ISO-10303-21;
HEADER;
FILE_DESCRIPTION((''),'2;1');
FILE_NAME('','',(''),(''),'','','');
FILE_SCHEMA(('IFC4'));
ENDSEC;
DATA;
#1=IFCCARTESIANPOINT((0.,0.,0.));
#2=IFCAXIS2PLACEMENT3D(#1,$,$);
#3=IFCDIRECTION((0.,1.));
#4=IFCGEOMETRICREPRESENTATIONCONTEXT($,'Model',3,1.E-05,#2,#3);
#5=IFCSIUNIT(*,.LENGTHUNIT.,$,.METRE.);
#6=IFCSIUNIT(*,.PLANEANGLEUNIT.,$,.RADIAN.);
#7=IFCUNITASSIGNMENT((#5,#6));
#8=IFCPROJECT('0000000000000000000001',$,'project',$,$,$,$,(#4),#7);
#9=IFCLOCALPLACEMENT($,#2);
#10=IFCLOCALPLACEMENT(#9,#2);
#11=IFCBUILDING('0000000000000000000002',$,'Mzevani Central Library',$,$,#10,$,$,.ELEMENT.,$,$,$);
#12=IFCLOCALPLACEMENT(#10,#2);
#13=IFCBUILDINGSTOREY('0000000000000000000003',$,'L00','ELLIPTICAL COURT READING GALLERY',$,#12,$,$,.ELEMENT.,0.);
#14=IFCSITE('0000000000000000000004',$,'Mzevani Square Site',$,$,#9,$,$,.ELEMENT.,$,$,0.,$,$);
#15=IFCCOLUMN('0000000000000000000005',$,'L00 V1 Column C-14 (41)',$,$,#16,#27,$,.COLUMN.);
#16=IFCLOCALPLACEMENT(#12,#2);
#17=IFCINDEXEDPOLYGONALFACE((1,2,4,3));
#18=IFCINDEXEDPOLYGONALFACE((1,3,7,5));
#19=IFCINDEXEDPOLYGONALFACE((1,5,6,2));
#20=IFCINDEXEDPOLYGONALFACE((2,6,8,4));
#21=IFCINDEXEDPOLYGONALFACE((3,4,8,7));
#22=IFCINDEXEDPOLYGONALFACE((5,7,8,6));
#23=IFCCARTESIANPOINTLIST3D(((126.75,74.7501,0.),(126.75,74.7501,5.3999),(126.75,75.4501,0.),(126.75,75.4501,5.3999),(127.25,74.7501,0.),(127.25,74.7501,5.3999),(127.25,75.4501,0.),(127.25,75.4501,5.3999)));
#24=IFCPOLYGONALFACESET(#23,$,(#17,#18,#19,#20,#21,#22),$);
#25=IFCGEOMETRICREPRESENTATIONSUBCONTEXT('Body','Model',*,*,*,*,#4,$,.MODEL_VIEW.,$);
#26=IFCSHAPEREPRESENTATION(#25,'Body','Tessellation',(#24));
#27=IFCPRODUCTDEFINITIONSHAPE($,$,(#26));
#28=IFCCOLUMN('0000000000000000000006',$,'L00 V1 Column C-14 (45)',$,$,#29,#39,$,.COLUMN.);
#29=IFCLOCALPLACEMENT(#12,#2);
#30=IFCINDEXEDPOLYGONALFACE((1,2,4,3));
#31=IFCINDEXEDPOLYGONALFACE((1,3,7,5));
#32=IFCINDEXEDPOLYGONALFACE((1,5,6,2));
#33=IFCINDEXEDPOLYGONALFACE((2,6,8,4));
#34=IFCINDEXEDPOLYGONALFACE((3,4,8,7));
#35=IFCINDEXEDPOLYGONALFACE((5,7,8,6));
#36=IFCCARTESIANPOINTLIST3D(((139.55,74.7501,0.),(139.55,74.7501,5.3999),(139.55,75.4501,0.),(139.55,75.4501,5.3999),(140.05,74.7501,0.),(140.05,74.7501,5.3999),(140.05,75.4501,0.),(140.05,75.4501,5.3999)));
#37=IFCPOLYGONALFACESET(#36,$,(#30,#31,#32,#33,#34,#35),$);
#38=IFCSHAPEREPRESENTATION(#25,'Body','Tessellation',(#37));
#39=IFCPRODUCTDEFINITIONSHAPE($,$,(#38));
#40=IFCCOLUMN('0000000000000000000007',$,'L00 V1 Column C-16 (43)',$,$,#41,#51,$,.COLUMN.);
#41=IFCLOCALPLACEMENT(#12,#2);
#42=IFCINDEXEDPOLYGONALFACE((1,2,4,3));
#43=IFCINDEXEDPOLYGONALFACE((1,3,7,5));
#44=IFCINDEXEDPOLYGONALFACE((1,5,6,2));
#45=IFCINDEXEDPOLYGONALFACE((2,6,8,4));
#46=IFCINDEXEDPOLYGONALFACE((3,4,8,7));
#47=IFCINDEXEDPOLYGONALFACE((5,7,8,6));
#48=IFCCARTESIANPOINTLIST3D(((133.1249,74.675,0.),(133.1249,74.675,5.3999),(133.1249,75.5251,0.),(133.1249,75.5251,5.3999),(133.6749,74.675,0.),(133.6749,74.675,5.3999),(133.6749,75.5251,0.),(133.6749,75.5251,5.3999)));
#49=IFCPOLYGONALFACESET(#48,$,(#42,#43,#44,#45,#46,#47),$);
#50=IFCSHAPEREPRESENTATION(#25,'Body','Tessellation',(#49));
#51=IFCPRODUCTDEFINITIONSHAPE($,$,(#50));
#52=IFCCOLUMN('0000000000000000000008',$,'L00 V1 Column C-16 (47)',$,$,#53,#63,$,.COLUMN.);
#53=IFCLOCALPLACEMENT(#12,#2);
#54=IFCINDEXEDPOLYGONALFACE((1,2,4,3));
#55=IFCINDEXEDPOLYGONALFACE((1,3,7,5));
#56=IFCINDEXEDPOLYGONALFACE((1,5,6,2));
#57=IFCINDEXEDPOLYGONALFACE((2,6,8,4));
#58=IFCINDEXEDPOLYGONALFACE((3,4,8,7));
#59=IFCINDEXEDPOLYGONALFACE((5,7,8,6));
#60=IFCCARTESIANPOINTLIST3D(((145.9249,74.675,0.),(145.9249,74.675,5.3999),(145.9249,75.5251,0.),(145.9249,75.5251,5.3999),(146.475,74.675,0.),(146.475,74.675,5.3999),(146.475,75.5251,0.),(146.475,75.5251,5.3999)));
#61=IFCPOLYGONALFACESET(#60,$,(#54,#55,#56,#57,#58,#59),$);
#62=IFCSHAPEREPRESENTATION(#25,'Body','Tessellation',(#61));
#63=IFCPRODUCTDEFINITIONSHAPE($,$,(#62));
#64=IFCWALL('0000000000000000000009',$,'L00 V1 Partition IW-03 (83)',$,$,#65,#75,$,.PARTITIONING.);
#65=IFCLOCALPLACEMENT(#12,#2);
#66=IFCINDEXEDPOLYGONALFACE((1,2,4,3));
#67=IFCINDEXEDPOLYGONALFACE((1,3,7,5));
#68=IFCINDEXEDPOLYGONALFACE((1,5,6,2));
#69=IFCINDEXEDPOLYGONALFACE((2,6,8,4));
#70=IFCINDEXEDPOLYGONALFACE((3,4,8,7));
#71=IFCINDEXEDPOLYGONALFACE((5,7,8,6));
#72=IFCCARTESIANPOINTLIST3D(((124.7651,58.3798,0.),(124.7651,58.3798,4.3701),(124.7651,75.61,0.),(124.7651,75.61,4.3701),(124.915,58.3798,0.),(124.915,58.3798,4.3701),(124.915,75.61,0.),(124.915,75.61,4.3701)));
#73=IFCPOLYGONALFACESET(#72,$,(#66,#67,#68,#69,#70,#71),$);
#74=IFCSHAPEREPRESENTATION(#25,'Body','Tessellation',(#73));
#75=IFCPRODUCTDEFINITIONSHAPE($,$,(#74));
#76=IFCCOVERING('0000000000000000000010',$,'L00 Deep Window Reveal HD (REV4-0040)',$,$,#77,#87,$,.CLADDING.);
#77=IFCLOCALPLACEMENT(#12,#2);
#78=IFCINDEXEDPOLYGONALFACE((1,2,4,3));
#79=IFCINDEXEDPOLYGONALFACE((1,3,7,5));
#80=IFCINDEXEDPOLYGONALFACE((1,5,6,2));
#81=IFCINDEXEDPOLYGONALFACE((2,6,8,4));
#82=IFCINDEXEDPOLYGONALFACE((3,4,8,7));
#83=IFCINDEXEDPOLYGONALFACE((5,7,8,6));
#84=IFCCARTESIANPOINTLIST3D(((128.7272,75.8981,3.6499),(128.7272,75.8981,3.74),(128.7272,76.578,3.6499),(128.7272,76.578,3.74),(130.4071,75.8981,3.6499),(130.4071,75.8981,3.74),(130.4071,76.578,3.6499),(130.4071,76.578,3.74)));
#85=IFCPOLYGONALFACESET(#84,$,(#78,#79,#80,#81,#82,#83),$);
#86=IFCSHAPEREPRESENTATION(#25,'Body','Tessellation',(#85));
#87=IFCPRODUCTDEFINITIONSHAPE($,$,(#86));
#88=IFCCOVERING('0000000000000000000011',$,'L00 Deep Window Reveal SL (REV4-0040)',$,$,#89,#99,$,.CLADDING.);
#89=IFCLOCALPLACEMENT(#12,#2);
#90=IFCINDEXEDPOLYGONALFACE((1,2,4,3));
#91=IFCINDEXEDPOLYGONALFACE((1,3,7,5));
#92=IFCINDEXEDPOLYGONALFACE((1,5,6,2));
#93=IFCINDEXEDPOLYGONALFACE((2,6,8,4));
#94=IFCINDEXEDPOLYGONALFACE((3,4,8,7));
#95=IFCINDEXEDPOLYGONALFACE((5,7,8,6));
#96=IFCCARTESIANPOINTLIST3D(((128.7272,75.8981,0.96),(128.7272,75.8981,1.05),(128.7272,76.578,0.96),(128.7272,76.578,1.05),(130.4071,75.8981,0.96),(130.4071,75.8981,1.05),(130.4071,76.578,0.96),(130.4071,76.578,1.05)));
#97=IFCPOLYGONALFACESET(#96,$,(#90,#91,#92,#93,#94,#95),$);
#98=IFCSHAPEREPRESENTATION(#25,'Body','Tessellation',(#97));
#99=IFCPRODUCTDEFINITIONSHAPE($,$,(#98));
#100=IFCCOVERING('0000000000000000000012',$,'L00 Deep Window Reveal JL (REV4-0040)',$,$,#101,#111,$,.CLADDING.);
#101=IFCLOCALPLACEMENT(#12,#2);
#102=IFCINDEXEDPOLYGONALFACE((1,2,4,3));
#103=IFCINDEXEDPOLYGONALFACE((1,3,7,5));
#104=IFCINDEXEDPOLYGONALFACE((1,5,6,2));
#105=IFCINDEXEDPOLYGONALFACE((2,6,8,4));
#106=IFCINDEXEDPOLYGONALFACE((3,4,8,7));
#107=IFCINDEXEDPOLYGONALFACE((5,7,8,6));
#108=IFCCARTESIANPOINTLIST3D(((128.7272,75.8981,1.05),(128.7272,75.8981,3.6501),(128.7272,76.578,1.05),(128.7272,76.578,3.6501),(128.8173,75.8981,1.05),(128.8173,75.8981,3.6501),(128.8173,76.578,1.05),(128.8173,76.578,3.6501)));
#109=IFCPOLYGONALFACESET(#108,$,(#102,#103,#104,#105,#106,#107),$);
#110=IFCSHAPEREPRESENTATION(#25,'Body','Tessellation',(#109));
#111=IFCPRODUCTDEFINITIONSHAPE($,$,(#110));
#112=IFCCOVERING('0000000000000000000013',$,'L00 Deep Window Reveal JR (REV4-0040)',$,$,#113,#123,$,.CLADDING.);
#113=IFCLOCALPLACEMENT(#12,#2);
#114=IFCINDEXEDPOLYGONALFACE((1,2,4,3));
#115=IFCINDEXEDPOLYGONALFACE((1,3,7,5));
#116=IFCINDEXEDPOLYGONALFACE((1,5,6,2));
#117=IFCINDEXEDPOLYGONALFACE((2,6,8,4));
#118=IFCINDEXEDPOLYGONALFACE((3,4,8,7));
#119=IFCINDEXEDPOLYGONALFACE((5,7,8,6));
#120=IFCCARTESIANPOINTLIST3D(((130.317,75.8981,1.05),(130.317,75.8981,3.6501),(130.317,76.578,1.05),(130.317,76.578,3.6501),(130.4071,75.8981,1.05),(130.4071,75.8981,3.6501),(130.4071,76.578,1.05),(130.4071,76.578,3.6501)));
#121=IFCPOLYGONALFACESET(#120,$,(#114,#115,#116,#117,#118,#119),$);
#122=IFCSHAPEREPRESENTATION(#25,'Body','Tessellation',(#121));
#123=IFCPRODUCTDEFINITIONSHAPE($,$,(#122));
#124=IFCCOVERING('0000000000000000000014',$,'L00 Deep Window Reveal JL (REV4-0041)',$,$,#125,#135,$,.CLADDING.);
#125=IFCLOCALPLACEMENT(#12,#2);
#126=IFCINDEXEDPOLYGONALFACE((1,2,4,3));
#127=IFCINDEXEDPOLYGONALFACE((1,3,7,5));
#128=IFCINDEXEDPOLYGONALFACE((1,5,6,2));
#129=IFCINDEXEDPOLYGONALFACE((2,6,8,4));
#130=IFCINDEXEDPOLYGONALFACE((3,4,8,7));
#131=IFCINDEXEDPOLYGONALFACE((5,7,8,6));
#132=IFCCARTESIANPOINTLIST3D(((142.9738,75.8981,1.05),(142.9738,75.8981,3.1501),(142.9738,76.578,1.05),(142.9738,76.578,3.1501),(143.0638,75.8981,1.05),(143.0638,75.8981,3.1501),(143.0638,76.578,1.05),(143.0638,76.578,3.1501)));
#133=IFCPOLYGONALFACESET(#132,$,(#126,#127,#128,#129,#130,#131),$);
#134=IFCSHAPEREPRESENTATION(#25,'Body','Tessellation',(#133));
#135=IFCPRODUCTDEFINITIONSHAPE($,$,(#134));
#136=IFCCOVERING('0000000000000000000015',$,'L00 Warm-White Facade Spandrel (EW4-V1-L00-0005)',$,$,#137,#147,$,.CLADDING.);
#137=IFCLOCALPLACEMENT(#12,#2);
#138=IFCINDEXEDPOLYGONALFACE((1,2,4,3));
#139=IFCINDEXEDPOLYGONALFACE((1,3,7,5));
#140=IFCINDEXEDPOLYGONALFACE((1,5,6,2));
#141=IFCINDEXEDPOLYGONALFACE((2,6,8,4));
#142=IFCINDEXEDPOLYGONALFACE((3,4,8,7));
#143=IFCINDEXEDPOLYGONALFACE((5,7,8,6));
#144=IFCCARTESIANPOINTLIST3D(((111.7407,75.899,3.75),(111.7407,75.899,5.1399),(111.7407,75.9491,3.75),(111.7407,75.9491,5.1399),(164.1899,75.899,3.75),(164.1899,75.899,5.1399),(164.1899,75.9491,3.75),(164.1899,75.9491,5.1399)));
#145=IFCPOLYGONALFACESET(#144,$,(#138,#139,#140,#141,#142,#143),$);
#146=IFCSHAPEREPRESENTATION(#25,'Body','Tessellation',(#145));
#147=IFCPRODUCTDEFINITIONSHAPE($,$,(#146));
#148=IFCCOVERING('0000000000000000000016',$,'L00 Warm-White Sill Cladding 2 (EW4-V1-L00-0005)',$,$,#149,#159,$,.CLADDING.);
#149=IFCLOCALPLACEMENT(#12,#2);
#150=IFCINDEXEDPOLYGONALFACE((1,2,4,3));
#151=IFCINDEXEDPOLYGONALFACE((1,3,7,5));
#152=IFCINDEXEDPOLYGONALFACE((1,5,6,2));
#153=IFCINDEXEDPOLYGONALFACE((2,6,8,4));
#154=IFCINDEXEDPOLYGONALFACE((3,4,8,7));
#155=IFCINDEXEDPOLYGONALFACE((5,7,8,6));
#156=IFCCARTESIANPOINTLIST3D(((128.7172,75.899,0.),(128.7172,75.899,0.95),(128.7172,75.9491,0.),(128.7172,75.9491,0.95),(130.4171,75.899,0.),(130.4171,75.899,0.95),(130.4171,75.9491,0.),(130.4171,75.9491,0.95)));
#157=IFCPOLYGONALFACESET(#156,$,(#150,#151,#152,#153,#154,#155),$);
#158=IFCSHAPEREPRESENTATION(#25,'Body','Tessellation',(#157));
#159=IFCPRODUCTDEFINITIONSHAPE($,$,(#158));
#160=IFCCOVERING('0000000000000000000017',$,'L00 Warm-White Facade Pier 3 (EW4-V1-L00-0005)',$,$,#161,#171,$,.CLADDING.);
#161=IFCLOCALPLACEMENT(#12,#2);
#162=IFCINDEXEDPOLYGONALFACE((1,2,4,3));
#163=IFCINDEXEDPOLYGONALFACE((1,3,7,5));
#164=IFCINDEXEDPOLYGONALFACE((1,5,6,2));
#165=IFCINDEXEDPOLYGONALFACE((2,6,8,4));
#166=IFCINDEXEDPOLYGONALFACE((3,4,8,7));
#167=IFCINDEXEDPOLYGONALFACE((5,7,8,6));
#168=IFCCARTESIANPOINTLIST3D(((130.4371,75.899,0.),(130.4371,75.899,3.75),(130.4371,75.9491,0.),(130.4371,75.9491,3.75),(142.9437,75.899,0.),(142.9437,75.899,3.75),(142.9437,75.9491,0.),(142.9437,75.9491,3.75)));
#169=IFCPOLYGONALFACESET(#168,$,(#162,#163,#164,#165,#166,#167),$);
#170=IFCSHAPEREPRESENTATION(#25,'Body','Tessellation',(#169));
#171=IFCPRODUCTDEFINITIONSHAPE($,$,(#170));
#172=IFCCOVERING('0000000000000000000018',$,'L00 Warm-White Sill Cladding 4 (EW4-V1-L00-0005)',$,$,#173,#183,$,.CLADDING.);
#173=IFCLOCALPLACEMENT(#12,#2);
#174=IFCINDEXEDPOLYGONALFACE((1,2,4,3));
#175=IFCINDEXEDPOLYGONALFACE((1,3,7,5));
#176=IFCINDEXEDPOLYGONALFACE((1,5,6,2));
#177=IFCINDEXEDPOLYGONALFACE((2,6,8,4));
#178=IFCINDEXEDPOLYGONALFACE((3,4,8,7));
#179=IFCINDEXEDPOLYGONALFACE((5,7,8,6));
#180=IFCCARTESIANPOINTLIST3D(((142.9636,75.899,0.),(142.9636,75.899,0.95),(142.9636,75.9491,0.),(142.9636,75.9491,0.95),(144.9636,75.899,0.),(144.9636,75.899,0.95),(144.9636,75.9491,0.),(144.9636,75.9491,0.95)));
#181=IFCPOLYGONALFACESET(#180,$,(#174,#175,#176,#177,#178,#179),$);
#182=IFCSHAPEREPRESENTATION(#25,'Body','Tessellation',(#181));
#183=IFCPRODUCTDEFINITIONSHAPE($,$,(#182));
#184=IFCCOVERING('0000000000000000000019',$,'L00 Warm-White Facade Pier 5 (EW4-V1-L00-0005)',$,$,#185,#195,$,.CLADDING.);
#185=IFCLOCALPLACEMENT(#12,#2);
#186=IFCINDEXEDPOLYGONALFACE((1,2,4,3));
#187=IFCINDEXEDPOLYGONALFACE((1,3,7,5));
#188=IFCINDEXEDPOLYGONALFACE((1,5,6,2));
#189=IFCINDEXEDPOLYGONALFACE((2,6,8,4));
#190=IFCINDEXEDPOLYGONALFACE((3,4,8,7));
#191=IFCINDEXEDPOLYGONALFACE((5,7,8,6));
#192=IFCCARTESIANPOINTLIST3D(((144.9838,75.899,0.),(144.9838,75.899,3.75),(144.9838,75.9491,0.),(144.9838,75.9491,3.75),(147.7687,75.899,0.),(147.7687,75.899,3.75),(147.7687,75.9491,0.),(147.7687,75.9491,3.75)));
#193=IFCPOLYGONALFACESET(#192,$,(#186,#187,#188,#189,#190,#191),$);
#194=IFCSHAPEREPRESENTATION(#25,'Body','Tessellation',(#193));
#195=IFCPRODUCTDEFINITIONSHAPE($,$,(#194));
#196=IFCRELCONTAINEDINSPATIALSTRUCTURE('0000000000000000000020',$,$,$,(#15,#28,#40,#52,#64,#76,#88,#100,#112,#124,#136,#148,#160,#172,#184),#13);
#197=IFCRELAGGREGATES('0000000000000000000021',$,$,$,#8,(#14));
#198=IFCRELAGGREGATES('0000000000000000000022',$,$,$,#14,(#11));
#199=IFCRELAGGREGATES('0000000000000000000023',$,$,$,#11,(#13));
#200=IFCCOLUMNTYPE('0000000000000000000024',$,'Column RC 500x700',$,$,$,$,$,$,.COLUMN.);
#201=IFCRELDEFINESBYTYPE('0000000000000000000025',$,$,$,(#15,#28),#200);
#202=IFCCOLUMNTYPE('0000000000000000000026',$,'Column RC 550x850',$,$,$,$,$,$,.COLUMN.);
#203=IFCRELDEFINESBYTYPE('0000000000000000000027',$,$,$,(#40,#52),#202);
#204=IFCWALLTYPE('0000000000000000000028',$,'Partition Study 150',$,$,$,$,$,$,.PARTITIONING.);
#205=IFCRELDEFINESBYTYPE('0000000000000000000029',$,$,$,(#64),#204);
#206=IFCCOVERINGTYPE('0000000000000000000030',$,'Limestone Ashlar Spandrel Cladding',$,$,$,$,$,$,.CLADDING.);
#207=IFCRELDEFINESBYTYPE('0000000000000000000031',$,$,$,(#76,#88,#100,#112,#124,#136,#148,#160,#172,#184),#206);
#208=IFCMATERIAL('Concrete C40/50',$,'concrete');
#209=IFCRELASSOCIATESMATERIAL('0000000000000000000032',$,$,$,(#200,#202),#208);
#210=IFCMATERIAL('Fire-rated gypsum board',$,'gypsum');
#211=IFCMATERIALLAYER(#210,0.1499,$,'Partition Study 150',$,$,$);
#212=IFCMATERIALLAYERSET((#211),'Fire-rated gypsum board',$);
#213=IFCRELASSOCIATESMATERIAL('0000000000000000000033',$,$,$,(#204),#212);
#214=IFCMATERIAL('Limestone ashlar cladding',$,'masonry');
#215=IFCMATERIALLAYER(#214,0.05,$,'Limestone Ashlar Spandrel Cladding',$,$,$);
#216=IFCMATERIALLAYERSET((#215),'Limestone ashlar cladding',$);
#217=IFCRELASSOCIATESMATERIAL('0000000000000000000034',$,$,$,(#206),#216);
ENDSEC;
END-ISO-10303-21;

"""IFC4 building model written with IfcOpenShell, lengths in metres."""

from ifc_helpers import new_model, si_unit, direction, frame, frame_2d, origin, origin_2d, place, context, subcontext, project, spatial, rectangle, extrude, material, layer, layer_set, material_profile, profile_set, type_object, element, save


model = new_model("IFC4")

# Units and contexts
model_context = context("Model", 3, precision=1e-05, world=origin(), true_north=direction((0.0, 1.0)))
body_context = subcontext(model_context, "Body", "Model", "MODEL_VIEW")
ifc_project = project(units=[si_unit("LENGTHUNIT", "METRE"), si_unit("PLANEANGLEUNIT", "RADIAN")], contexts=[model_context])

# Site, building, storey
site_placement = place(None, origin())
site = spatial("IfcSite", under=ifc_project, at=site_placement, Name="Mzevani Square Site", CompositionType="ELEMENT", RefElevation=0.0)
building_placement = place(site_placement, origin())
building = spatial("IfcBuilding", under=site, at=building_placement, Name="Mzevani Central Library", CompositionType="ELEMENT")
storey_placement = place(building_placement, origin())
storey = spatial("IfcBuildingStorey", under=building, at=storey_placement, Name="L00", Description="ELLIPTICAL COURT READING GALLERY", CompositionType="ELEMENT", Elevation=0.0)

# Columns
ifc_material_1 = material(Name="Concrete C40/50", Category="concrete")
ifc_material_profile_1 = material_profile(ifc_material_1, rectangle(XDim=0.5, YDim=0.7, at=origin_2d()), Name="RC 500x700")
ifc_profile_set_1 = profile_set([ifc_material_profile_1], Name="Concrete C40/50")
column_type_1 = type_object("IfcColumnType", Name="Column RC 500x700", PredefinedType="COLUMN", material=ifc_profile_set_1)
for number, where, z_axis, x_axis, name in (
    (1, (127.0, 75.1001, 0.0), (0.0, 0.0, 1.0), (1.0, 0.0, 0.0), "L00 V1 Column C-14 (41)"),
    (2, (139.8, 75.1001, 0.0), (0.0, 0.0, 1.0), (1.0, 0.0, 0.0), "L00 V1 Column C-14 (45)"),
):
    element("IfcColumn", number, at=place(storey_placement, frame(where, z_axis=z_axis, x_axis=x_axis)), inside=storey, type_object=column_type_1, Name=name, PredefinedType="COLUMN", context=body_context, shape_type="SweptSolid", body=[
        extrude(rectangle(XDim=0.5, YDim=0.7, at=origin_2d()), origin(), (0.0, 0.0, 1.0), 5.3999),
    ])
ifc_material_profile_2 = material_profile(ifc_material_1, rectangle(XDim=0.55, YDim=0.8501, at=origin_2d()), Name="RC 550x850")
ifc_profile_set_2 = profile_set([ifc_material_profile_2], Name="Concrete C40/50")
column_type_2 = type_object("IfcColumnType", Name="Column RC 550x850", PredefinedType="COLUMN", material=ifc_profile_set_2)
for number, where, z_axis, x_axis, name in (
    (3, (133.3999, 75.1001, 0.0), (0.0, 0.0, 1.0), (1.0, 0.0, 0.0), "L00 V1 Column C-16 (43)"),
    (4, (146.2, 75.1001, 0.0), (0.0, 0.0, 1.0), (1.0, 0.0, 0.0), "L00 V1 Column C-16 (47)"),
):
    element("IfcColumn", number, at=place(storey_placement, frame(where, z_axis=z_axis, x_axis=x_axis)), inside=storey, type_object=column_type_2, Name=name, PredefinedType="COLUMN", context=body_context, shape_type="SweptSolid", body=[
        extrude(rectangle(XDim=0.55, YDim=0.8501, at=origin_2d()), origin(), (0.0, 0.0, 1.0), 5.3999),
    ])

# Wall
ifc_material_2 = material(Name="Fire-rated gypsum board", Category="gypsum")
ifc_layer_1 = layer(ifc_material_2, 0.1499, Name="Partition Study 150")
ifc_layer_set_1 = layer_set([ifc_layer_1], Name="Fire-rated gypsum board")
wall_type = type_object("IfcWallType", Name="Partition Study 150", PredefinedType="PARTITIONING", material=ifc_layer_set_1)
wall_placement = place(storey_placement, frame((124.8401, 75.6101, 0.0), z_axis=(0.0, 0.0, 1.0), x_axis=(0.0, -1.0, 0.0)))
element("IfcWall", 5, at=wall_placement, inside=storey, type_object=wall_type, Name="L00 V1 Partition IW-03 (83)", PredefinedType="PARTITIONING", context=body_context, shape_type="SweptSolid", body=[
    extrude(rectangle(XDim=17.2302, YDim=0.1499, at=frame_2d((8.6152, 0.0))), origin(), (0.0, 0.0, 1.0), 4.3701),
])

# Coverings
ifc_material_3 = material(Name="Limestone ashlar cladding", Category="masonry")
ifc_layer_2 = layer(ifc_material_3, 0.05, Name="Limestone Ashlar Spandrel Cladding")
ifc_layer_set_2 = layer_set([ifc_layer_2], Name="Limestone ashlar cladding")
covering_type_1 = type_object("IfcCoveringType", Name="Limestone Ashlar Spandrel Cladding", PredefinedType="CLADDING", material=ifc_layer_set_2)
for number, where, z_axis, x_axis, name in (
    (6, (129.5671, 76.238, 3.6499), (0.0, 0.0, 1.0), (1.0, 0.0, 0.0), "L00 Deep Window Reveal HD (REV4-0040)"),
    (7, (129.5671, 76.238, 0.96), (0.0, 0.0, 1.0), (1.0, 0.0, 0.0), "L00 Deep Window Reveal SL (REV4-0040)"),
):
    element("IfcCovering", number, at=place(storey_placement, frame(where, z_axis=z_axis, x_axis=x_axis)), inside=storey, type_object=covering_type_1, Name=name, PredefinedType="CLADDING", context=body_context, shape_type="SweptSolid", body=[
        extrude(rectangle(XDim=1.6799, YDim=0.6799, at=origin_2d()), origin(), (0.0, 0.0, 1.0), 0.0901),
    ])
for number, where, z_axis, x_axis, name in (
    (8, (128.7722, 76.238, 1.05), (0.0, 0.0, 1.0), (1.0, 0.0, 0.0), "L00 Deep Window Reveal JL (REV4-0040)"),
    (9, (130.3621, 76.238, 1.05), (0.0, 0.0, 1.0), (1.0, 0.0, 0.0), "L00 Deep Window Reveal JR (REV4-0040)"),
):
    element("IfcCovering", number, at=place(storey_placement, frame(where, z_axis=z_axis, x_axis=x_axis)), inside=storey, type_object=covering_type_1, Name=name, PredefinedType="CLADDING", context=body_context, shape_type="SweptSolid", body=[
        extrude(rectangle(XDim=0.0901, YDim=0.6799, at=origin_2d()), origin(), (0.0, 0.0, 1.0), 2.6001),
    ])
covering_1_placement = place(storey_placement, frame((143.0188, 76.238, 1.05), z_axis=(0.0, 0.0, 1.0), x_axis=(1.0, 0.0, 0.0)))
element("IfcCovering", 10, at=covering_1_placement, inside=storey, type_object=covering_type_1, Name="L00 Deep Window Reveal JL (REV4-0041)", PredefinedType="CLADDING", context=body_context, shape_type="SweptSolid", body=[
    extrude(rectangle(XDim=0.0901, YDim=0.6799, at=origin_2d()), origin(), (0.0, 0.0, 1.0), 2.1001),
])
covering_2_placement = place(storey_placement, frame((137.9653, 75.9241, 3.75), z_axis=(0.0, 0.0, 1.0), x_axis=(1.0, 0.0, 0.0)))
element("IfcCovering", 11, at=covering_2_placement, inside=storey, type_object=covering_type_1, Name="L00 Warm-White Facade Spandrel (EW4-V1-L00-0005)", PredefinedType="CLADDING", context=body_context, shape_type="SweptSolid", body=[
    extrude(rectangle(XDim=52.4492, YDim=0.05, at=origin_2d()), origin(), (0.0, 0.0, 1.0), 1.3899),
])
covering_3_placement = place(storey_placement, frame((129.5671, 75.9241, 0.0), z_axis=(0.0, 0.0, 1.0), x_axis=(1.0, 0.0, 0.0)))
element("IfcCovering", 12, at=covering_3_placement, inside=storey, type_object=covering_type_1, Name="L00 Warm-White Sill Cladding 2 (EW4-V1-L00-0005)", PredefinedType="CLADDING", context=body_context, shape_type="SweptSolid", body=[
    extrude(rectangle(XDim=1.7, YDim=0.05, at=origin_2d()), origin(), (0.0, 0.0, 1.0), 0.95),
])
covering_4_placement = place(storey_placement, frame((136.6904, 75.9241, 0.0), z_axis=(0.0, 0.0, 1.0), x_axis=(1.0, 0.0, 0.0)))
element("IfcCovering", 13, at=covering_4_placement, inside=storey, type_object=covering_type_1, Name="L00 Warm-White Facade Pier 3 (EW4-V1-L00-0005)", PredefinedType="CLADDING", context=body_context, shape_type="SweptSolid", body=[
    extrude(rectangle(XDim=12.5066, YDim=0.05, at=origin_2d()), origin(), (0.0, 0.0, 1.0), 3.75),
])
covering_5_placement = place(storey_placement, frame((143.9636, 75.9241, 0.0), z_axis=(0.0, 0.0, 1.0), x_axis=(1.0, 0.0, 0.0)))
element("IfcCovering", 14, at=covering_5_placement, inside=storey, type_object=covering_type_1, Name="L00 Warm-White Sill Cladding 4 (EW4-V1-L00-0005)", PredefinedType="CLADDING", context=body_context, shape_type="SweptSolid", body=[
    extrude(rectangle(XDim=2.0, YDim=0.05, at=origin_2d()), origin(), (0.0, 0.0, 1.0), 0.95),
])
covering_6_placement = place(storey_placement, frame((146.3762, 75.9241, 0.0), z_axis=(0.0, 0.0, 1.0), x_axis=(1.0, 0.0, 0.0)))
element("IfcCovering", 15, at=covering_6_placement, inside=storey, type_object=covering_type_1, Name="L00 Warm-White Facade Pier 5 (EW4-V1-L00-0005)", PredefinedType="CLADDING", context=body_context, shape_type="SweptSolid", body=[
    extrude(rectangle(XDim=2.7849, YDim=0.05, at=origin_2d()), origin(), (0.0, 0.0, 1.0), 3.75),
])

save(model, "model.ifc")
